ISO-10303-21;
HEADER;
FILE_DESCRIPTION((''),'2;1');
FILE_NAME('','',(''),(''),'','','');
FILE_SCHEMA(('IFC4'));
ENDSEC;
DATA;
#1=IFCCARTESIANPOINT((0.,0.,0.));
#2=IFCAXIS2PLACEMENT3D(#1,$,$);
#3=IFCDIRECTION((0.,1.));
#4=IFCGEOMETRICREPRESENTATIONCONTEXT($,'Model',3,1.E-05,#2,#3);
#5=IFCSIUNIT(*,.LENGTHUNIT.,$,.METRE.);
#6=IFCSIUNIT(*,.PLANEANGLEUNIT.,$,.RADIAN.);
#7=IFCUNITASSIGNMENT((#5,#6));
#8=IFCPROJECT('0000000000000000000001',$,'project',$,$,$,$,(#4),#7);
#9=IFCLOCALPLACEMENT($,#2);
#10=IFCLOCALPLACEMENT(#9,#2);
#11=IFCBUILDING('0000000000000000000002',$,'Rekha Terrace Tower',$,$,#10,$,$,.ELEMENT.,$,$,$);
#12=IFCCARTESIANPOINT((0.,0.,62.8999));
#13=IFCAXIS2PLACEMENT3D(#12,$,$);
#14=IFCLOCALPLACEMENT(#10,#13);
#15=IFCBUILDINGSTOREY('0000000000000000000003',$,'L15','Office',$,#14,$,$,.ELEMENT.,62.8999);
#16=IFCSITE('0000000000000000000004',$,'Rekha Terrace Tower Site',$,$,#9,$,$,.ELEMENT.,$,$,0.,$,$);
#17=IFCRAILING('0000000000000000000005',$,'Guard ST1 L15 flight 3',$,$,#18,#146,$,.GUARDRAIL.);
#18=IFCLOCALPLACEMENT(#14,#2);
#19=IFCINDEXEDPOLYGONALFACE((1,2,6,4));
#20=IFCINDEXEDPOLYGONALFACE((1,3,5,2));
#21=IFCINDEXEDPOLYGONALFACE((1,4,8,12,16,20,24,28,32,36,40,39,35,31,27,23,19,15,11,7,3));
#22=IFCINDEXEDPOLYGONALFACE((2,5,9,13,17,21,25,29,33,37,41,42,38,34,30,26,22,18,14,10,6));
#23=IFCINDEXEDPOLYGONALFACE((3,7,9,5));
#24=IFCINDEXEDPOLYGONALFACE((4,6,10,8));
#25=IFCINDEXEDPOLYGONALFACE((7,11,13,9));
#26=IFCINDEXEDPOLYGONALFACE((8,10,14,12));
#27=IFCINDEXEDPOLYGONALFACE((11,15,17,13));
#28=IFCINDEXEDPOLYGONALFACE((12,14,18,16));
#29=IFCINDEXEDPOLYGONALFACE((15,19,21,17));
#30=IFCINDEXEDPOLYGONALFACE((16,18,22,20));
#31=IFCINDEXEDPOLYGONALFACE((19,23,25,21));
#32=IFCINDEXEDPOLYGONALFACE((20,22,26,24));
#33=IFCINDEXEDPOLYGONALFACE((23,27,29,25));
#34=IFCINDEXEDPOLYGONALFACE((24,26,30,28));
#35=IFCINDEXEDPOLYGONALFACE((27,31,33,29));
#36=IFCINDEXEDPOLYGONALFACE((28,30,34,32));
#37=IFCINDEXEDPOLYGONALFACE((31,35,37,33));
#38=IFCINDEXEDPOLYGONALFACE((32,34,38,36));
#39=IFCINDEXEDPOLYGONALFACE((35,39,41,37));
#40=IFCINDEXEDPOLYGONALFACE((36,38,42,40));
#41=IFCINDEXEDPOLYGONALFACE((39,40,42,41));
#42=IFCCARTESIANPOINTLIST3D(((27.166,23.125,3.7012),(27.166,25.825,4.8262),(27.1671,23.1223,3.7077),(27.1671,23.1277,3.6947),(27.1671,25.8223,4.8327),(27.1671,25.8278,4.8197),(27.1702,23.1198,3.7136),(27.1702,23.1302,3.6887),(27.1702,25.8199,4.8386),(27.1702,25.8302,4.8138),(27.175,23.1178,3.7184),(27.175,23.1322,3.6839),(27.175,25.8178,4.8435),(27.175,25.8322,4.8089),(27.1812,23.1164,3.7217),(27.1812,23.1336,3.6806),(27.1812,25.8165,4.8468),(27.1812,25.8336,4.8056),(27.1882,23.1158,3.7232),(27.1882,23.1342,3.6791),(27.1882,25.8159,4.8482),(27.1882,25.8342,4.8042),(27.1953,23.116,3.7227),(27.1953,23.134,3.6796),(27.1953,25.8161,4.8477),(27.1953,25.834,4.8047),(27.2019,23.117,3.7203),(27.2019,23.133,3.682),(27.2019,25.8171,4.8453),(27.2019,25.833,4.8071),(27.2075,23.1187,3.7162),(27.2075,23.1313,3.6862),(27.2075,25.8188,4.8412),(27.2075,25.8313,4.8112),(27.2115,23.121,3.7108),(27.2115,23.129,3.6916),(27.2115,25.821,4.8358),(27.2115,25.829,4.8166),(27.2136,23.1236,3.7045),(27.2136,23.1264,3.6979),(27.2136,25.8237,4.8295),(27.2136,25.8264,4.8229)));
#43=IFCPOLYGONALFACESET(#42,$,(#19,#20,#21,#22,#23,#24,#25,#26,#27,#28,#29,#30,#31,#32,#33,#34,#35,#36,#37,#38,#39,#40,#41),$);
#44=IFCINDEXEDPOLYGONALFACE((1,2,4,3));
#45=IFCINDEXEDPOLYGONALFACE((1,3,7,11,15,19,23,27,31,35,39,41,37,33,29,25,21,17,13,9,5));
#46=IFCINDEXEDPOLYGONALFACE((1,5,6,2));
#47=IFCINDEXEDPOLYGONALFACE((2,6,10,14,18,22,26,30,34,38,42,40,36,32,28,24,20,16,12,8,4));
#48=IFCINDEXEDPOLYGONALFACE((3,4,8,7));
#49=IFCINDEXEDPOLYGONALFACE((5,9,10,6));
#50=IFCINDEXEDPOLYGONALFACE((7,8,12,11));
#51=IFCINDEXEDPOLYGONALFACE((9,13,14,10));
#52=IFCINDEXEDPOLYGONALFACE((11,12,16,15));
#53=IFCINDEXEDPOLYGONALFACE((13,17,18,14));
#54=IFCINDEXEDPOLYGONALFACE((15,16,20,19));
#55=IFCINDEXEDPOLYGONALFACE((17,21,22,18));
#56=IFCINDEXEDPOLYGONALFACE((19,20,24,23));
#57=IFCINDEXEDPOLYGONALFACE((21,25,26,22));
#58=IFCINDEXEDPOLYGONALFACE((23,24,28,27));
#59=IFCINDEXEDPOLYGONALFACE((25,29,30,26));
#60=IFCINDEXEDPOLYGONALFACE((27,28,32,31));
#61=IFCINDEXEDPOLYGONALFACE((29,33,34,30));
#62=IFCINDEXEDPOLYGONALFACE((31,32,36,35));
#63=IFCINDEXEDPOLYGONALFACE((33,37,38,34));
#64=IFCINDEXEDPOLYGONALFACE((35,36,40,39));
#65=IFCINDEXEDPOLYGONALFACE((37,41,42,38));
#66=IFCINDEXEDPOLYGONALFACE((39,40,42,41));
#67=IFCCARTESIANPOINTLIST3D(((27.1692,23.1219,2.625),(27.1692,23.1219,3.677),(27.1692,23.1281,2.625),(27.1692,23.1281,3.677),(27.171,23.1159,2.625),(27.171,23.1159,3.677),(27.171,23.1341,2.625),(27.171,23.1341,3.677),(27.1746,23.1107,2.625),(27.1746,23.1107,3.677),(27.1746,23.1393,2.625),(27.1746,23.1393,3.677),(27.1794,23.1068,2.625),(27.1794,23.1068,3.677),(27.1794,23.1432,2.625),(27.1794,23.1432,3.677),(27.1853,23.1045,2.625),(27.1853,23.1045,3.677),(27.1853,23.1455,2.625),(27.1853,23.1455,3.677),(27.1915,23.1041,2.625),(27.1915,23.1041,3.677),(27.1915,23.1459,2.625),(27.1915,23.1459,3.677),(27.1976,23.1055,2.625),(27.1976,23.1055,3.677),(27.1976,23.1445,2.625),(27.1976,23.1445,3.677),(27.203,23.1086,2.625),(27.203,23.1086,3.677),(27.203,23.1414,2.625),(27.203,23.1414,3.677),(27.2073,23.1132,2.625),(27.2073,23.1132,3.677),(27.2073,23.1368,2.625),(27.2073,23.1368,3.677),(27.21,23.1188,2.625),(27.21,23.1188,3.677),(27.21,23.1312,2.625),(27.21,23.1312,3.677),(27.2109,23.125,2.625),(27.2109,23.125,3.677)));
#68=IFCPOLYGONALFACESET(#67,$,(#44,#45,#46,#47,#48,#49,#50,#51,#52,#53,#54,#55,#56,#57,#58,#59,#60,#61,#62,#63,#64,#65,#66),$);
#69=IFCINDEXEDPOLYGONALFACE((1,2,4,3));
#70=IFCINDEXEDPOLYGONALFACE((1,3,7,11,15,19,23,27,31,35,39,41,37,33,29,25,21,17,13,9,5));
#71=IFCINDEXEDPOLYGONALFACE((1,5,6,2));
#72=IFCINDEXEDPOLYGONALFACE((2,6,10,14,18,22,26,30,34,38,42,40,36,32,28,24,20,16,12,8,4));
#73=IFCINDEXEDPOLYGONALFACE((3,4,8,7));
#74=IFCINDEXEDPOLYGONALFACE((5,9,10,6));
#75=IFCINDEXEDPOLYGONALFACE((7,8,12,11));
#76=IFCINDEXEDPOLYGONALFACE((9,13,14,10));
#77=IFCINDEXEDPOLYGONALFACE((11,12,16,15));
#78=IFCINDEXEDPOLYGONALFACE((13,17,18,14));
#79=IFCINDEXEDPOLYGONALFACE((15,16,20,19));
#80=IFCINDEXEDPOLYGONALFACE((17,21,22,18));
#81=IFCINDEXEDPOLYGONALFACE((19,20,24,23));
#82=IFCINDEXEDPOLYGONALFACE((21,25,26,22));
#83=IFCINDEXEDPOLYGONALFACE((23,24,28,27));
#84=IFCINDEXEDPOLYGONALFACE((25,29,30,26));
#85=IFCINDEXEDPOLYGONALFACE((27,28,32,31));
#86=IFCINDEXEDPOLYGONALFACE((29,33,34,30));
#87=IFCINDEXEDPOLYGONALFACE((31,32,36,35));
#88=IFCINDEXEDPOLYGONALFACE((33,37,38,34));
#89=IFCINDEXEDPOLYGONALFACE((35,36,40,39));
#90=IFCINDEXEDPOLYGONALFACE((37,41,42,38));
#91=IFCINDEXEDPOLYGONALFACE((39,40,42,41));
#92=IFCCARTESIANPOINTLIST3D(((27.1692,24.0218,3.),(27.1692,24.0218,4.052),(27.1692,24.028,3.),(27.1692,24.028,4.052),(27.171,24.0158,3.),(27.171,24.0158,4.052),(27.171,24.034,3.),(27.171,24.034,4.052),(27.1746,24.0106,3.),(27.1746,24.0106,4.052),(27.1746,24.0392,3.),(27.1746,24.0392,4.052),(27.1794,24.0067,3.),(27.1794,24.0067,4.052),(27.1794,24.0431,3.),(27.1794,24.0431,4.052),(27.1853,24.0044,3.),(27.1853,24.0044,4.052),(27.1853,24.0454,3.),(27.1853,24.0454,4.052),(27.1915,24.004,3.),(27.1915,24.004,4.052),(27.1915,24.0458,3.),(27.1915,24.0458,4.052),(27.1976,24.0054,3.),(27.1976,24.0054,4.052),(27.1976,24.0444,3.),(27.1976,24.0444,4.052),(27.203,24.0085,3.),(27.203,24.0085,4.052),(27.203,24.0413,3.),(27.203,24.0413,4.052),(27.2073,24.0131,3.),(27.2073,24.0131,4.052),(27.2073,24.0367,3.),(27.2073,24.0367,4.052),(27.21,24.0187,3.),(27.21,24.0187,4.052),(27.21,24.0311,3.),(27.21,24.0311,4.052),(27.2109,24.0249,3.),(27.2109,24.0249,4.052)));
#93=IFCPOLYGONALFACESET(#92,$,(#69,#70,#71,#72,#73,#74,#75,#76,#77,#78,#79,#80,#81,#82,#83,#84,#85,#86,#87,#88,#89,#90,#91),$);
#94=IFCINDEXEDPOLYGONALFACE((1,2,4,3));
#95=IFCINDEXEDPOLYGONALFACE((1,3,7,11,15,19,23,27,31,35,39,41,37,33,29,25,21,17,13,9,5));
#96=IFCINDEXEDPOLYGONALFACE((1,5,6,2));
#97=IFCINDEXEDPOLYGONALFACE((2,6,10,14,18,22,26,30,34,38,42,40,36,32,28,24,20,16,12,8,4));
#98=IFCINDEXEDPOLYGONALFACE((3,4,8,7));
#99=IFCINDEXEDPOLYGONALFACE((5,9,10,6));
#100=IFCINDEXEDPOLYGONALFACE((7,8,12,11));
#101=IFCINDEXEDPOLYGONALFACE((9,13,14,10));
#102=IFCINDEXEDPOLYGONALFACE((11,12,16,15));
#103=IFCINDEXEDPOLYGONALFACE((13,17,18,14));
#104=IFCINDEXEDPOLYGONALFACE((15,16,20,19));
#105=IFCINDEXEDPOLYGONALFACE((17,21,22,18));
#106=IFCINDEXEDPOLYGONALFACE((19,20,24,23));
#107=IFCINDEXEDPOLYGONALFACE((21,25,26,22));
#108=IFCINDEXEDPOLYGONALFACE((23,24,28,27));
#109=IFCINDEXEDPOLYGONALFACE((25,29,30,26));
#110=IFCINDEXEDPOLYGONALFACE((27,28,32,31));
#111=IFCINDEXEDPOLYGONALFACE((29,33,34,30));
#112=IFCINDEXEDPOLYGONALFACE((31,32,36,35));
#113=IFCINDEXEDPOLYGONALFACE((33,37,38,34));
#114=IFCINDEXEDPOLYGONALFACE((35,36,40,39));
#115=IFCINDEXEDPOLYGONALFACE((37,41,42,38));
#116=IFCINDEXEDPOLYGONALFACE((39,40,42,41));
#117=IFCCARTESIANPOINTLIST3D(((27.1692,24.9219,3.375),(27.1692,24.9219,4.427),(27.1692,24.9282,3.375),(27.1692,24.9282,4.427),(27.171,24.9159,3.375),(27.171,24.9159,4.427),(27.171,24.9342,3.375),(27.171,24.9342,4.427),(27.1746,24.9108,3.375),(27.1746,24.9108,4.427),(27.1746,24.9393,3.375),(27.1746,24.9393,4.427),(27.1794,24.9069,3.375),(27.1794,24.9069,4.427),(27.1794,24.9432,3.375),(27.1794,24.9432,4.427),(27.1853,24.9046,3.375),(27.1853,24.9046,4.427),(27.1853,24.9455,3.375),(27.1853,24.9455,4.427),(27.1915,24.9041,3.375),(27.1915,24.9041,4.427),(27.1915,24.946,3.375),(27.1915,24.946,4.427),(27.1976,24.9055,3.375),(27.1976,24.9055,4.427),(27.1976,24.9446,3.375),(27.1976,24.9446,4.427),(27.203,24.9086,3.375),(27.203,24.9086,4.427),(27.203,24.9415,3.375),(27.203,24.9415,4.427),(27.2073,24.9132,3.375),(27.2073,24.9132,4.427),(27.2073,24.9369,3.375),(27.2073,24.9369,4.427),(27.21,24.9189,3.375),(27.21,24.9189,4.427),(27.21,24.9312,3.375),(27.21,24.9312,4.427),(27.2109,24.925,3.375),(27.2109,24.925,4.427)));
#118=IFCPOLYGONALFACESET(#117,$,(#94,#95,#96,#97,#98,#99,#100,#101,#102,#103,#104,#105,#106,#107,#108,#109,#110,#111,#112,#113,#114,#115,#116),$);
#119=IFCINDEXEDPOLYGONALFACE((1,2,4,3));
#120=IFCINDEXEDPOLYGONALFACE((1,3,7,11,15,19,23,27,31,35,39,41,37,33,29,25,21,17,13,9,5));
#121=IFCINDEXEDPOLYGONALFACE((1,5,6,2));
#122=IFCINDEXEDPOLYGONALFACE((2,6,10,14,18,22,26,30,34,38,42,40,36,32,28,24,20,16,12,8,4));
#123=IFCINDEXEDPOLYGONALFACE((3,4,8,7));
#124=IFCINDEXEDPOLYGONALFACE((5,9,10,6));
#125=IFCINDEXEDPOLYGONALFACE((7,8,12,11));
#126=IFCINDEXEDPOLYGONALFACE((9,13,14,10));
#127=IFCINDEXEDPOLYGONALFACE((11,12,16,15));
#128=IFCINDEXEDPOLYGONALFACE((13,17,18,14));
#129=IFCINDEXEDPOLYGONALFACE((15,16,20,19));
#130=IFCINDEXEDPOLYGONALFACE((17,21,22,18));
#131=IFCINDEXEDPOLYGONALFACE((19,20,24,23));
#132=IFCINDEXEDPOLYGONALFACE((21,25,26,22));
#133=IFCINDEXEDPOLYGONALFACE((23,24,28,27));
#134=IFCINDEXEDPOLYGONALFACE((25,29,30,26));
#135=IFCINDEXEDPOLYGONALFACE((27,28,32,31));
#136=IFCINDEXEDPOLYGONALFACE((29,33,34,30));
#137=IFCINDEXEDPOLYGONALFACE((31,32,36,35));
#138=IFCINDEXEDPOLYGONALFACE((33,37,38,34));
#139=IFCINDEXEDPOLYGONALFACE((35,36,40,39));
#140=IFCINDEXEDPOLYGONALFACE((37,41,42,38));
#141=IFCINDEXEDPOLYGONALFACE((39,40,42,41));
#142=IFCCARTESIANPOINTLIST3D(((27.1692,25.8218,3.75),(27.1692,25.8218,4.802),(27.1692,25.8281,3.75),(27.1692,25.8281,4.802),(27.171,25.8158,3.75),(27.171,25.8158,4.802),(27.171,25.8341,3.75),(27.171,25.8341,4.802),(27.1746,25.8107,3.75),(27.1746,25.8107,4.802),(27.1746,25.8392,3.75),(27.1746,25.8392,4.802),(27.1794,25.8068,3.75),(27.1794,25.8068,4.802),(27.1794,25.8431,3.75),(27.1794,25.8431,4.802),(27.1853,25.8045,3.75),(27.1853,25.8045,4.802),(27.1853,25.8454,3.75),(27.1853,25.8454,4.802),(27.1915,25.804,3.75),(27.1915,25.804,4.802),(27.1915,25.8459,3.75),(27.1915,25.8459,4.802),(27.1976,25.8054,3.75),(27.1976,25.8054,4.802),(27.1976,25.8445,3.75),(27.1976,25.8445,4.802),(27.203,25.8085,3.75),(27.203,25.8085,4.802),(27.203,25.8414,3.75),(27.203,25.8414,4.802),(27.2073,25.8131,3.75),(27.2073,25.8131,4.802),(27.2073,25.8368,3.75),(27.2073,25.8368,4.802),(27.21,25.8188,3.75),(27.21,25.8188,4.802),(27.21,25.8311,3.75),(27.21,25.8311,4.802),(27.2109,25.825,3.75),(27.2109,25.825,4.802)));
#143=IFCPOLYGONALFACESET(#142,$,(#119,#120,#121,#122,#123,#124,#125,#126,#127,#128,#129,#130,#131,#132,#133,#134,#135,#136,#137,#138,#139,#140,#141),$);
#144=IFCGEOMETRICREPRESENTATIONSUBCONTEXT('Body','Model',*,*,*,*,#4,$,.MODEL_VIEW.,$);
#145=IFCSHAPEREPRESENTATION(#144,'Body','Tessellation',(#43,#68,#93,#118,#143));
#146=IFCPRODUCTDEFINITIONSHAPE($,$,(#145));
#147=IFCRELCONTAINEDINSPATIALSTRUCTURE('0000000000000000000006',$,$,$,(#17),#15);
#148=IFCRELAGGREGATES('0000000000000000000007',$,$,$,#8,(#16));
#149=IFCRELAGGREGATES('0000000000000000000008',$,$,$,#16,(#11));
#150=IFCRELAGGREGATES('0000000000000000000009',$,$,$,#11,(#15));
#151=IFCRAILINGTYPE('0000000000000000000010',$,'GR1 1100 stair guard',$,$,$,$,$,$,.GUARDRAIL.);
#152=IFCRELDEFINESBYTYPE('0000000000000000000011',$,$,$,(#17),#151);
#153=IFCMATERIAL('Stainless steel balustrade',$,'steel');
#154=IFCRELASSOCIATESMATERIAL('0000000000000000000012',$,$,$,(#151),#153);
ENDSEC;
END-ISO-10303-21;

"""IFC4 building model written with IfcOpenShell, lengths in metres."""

from ifc_helpers import new_model, si_unit, direction, frame, origin, origin_2d, place, context, subcontext, project, spatial, circle, extrude, material, type_object, element, save


model = new_model("IFC4")

# Units and contexts
model_context = context("Model", 3, precision=1e-05, world=origin(), true_north=direction((0.0, 1.0)))
body_context = subcontext(model_context, "Body", "Model", "MODEL_VIEW")
ifc_project = project(units=[si_unit("LENGTHUNIT", "METRE"), si_unit("PLANEANGLEUNIT", "RADIAN")], contexts=[model_context])

# Site, building, storey
site_placement = place(None, origin())
site = spatial("IfcSite", under=ifc_project, at=site_placement, Name="Rekha Terrace Tower Site", CompositionType="ELEMENT", RefElevation=0.0)
building_placement = place(site_placement, origin())
building = spatial("IfcBuilding", under=site, at=building_placement, Name="Rekha Terrace Tower", CompositionType="ELEMENT")
storey_placement = place(building_placement, frame((0.0, 0.0, 62.8999)))
storey = spatial("IfcBuildingStorey", under=building, at=storey_placement, Name="L15", Description="Office", CompositionType="ELEMENT", Elevation=62.8999)

# Railing
ifc_material_1 = material(Name="Stainless steel balustrade", Category="steel")
railing_type_1 = type_object("IfcRailingType", Name="GR1 1100 stair guard", PredefinedType="GUARDRAIL", material=ifc_material_1)
railing_1_placement = place(storey_placement, frame((27.1899, 23.125, 2.625)))
element("IfcRailing", 1, at=railing_1_placement, inside=storey, type_object=railing_type_1, Name="Guard ST1 L15 flight 3", PredefinedType="GUARDRAIL", context=body_context, shape_type="SweptSolid", body=[
    extrude(circle(Radius=0.0239, at=origin_2d()), frame((0.0, 0.0, 1.0762), z_axis=(0.0, 0.923074, 0.384621), x_axis=(-1.0, 0.0, 0.0)), (0.0, 0.0, 1.0), 2.925),
    extrude(circle(Radius=0.021, at=origin_2d()), origin(), (0.0, 0.0, 1.0), 1.052),
    extrude(circle(Radius=0.021, at=origin_2d()), frame((0.0, 0.8999, 0.375)), (0.0, 0.0, 1.0), 1.052),
    extrude(circle(Radius=0.021, at=origin_2d()), frame((0.0, 1.8, 0.75)), (0.0, 0.0, 1.0), 1.052),
    extrude(circle(Radius=0.021, at=origin_2d()), frame((0.0, 2.7, 1.125)), (0.0, 0.0, 1.0), 1.052),
])

save(model, "model.ifc")
